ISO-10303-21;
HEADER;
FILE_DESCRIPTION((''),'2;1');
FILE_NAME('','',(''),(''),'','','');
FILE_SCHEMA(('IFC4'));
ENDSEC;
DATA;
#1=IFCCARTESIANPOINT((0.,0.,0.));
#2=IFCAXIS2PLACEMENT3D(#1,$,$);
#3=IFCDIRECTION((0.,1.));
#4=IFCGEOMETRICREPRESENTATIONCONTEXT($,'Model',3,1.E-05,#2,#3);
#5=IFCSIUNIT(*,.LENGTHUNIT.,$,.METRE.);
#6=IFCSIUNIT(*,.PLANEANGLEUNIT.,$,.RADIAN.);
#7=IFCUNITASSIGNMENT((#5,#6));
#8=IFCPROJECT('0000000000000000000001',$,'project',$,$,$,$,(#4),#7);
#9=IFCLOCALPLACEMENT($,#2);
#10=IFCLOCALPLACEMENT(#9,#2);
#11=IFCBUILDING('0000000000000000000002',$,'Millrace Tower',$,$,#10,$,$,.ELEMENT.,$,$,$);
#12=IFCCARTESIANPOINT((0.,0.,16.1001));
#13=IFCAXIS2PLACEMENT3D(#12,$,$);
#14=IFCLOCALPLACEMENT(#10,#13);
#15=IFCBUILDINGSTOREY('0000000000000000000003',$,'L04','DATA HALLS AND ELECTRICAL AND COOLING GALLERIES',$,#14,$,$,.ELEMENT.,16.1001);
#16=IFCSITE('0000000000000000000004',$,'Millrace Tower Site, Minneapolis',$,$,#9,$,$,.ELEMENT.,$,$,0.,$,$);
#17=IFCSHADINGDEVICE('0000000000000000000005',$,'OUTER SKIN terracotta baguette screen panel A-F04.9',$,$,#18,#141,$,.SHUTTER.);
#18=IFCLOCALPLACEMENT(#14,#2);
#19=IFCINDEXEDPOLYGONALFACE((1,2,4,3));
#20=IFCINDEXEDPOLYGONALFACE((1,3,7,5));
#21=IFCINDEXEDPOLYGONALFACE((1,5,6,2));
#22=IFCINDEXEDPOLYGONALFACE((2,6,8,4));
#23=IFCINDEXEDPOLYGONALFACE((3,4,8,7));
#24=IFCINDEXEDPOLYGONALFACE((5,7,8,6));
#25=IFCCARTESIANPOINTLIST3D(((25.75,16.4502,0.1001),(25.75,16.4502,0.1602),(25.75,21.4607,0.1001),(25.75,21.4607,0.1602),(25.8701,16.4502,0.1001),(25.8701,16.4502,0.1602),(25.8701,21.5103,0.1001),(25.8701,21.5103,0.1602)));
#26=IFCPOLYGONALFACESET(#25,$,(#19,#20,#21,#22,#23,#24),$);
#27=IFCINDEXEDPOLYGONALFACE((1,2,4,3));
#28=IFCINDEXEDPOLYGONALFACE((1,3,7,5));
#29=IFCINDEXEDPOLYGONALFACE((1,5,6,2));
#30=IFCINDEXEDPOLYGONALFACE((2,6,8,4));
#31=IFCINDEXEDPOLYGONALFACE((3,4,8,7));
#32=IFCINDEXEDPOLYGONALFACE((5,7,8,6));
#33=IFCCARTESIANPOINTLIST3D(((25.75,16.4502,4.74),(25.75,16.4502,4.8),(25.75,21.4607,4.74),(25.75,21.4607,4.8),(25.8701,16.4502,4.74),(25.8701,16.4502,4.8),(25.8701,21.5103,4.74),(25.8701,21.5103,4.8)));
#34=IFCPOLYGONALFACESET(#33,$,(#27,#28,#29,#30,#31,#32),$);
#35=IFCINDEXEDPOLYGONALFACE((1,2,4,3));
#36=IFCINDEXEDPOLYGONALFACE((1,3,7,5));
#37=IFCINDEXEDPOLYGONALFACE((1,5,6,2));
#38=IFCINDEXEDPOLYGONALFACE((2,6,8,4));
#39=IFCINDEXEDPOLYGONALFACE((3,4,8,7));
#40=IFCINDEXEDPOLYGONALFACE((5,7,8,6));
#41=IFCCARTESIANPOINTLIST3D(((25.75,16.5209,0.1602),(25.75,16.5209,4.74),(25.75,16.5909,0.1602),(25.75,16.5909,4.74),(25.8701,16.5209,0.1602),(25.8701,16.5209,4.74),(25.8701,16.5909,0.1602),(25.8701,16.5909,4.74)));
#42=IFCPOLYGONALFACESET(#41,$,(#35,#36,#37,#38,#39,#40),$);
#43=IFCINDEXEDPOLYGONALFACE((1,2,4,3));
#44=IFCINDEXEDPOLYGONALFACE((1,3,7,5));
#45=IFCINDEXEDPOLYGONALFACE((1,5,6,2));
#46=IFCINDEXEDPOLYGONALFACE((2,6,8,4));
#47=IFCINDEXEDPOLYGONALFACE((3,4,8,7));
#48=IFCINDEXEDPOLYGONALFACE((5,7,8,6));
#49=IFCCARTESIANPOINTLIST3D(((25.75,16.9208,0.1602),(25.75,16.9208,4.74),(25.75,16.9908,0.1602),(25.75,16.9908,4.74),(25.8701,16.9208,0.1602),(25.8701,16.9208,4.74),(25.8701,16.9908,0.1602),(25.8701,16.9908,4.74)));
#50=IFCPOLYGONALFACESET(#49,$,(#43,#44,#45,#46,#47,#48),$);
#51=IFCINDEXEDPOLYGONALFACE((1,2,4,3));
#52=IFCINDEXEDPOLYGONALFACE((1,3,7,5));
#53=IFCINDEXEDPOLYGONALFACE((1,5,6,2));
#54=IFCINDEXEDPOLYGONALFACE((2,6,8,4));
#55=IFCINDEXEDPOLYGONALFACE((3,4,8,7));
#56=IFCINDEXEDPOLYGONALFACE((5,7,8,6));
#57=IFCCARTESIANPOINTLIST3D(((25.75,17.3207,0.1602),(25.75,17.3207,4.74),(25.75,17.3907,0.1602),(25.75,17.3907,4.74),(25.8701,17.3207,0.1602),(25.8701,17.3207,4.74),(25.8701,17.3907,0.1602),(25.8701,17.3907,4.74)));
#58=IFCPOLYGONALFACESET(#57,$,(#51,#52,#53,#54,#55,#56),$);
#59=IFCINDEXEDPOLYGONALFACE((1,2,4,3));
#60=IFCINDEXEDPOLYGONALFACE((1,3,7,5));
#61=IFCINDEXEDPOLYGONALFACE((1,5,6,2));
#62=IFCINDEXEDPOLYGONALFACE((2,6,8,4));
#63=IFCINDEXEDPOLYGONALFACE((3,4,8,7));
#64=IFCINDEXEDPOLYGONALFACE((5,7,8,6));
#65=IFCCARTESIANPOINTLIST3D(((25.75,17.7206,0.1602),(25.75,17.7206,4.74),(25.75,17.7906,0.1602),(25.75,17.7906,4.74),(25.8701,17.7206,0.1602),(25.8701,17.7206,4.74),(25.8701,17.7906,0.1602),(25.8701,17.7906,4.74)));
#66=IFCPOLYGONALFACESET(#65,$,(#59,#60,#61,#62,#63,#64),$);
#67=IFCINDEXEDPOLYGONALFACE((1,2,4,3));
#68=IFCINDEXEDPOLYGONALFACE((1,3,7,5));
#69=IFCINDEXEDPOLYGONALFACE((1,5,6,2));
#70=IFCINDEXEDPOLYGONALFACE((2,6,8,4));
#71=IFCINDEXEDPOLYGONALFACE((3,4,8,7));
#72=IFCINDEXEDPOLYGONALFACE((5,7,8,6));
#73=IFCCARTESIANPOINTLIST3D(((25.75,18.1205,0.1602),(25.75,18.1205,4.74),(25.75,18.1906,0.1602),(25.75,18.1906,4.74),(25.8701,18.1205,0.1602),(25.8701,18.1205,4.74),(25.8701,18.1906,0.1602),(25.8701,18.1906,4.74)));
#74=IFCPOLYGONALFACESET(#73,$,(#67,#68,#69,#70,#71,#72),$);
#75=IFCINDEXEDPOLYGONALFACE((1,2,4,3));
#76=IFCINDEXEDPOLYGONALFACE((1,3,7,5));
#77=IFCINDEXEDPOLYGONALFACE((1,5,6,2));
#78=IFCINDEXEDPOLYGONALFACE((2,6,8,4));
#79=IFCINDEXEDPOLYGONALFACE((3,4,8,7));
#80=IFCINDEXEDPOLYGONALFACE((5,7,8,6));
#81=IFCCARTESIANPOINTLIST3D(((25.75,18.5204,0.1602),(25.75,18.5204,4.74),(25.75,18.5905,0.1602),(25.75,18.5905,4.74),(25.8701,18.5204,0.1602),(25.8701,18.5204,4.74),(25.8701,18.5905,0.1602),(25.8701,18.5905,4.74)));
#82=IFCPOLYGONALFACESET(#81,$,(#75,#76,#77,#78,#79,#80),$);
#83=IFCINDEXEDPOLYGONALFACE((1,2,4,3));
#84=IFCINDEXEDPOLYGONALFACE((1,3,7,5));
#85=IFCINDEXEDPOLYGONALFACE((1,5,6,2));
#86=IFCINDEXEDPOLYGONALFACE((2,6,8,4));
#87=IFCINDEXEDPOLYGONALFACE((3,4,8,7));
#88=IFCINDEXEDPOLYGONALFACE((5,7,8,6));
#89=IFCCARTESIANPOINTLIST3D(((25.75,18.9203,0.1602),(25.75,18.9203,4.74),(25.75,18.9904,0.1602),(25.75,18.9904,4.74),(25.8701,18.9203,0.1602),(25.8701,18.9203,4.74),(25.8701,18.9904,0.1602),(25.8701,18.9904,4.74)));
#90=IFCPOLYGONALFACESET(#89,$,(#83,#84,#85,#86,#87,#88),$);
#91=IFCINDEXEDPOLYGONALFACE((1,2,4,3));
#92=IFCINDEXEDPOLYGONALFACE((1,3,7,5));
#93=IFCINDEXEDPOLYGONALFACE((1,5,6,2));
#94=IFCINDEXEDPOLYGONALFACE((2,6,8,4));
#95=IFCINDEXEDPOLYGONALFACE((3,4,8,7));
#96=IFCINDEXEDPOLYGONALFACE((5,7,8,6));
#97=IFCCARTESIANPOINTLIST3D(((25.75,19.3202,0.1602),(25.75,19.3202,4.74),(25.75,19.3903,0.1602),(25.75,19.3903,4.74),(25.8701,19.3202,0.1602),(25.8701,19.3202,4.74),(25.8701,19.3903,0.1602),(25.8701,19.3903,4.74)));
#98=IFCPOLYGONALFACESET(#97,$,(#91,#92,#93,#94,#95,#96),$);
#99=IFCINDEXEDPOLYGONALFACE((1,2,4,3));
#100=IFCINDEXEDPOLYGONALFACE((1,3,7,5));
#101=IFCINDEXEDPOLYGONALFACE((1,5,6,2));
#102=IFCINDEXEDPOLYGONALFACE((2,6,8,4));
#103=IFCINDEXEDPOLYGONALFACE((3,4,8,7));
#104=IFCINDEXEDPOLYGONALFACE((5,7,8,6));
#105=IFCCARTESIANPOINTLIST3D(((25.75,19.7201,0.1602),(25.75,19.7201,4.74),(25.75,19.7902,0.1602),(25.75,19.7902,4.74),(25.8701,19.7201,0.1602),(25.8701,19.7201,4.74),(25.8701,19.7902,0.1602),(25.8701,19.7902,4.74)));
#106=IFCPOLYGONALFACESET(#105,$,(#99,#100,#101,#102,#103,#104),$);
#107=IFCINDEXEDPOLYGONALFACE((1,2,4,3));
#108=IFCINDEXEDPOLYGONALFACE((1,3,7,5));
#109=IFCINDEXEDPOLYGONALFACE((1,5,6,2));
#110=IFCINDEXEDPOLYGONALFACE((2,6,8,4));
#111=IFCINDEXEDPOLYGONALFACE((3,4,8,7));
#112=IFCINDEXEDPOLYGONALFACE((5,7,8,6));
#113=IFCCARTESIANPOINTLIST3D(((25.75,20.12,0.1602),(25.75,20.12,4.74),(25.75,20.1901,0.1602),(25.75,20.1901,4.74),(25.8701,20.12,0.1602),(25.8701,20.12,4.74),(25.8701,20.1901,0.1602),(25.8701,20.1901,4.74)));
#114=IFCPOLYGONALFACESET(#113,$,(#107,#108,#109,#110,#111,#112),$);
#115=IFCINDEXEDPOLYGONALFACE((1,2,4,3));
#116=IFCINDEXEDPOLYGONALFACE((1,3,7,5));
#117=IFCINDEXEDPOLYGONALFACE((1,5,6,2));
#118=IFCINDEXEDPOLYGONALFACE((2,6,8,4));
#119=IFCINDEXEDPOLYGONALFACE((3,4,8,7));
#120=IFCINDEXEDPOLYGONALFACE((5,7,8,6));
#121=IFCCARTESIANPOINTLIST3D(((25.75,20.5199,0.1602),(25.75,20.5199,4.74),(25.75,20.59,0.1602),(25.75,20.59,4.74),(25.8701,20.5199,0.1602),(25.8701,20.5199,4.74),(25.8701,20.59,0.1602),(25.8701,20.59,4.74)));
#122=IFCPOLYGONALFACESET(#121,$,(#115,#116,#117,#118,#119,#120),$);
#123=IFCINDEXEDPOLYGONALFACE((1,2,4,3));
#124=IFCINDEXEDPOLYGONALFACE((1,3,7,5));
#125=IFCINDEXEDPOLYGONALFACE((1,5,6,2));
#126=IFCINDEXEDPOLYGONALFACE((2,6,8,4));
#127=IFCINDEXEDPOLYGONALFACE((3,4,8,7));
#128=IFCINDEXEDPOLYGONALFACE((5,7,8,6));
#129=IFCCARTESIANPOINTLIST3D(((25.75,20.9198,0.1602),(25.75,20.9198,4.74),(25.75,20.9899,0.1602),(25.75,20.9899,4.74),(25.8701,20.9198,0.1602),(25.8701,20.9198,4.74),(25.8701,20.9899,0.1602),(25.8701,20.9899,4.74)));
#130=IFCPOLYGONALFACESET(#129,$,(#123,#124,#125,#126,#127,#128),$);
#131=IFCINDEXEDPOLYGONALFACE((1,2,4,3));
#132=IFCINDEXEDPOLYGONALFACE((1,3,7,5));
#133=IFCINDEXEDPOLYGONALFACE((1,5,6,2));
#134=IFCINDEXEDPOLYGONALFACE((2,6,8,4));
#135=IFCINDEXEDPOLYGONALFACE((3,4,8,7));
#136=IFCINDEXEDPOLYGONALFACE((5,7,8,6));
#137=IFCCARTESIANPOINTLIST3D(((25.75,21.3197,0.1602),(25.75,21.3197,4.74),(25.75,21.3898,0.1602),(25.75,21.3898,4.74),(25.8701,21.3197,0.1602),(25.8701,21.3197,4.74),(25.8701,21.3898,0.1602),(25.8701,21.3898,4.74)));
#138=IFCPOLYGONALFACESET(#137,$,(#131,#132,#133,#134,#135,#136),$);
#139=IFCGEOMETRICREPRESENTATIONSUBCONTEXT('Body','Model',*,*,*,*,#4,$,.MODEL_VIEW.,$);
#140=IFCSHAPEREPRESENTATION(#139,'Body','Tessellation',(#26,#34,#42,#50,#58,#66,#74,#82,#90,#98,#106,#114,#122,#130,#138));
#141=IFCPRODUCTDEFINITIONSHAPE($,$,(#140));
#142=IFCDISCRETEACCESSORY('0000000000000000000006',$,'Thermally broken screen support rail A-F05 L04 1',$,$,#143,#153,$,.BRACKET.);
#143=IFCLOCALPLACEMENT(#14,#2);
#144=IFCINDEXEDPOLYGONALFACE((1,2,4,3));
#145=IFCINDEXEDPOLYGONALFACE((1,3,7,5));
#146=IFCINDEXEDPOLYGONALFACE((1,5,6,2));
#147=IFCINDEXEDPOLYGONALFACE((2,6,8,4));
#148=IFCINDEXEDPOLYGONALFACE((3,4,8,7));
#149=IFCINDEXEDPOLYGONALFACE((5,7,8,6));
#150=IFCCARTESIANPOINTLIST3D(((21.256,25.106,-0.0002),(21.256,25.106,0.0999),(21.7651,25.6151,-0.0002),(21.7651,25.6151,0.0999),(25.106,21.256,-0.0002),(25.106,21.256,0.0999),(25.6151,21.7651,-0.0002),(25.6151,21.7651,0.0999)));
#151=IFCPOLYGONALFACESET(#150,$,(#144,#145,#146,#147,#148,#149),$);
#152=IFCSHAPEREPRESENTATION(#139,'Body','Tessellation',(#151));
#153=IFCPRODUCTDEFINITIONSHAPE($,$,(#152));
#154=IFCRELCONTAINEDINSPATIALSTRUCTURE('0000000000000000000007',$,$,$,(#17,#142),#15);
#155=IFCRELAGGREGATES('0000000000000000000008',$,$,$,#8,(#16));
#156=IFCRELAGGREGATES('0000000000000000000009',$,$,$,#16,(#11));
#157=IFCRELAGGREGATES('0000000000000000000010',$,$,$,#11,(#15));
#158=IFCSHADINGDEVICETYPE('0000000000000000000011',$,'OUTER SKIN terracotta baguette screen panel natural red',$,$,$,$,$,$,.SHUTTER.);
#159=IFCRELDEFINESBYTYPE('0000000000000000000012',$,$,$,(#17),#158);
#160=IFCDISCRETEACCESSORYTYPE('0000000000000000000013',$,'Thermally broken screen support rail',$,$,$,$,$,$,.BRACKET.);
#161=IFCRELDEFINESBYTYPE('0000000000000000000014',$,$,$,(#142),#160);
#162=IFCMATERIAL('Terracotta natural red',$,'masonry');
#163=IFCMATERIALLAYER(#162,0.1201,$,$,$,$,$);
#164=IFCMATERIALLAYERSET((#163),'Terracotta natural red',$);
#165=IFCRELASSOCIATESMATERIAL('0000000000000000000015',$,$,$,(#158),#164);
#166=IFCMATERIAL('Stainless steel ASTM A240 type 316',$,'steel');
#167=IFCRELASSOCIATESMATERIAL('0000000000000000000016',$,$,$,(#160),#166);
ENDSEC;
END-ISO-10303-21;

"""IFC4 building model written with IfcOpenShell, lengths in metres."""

from ifc_helpers import new_model, entity, si_unit, direction, frame, frame_2d, origin, origin_2d, place, context, subcontext, project, spatial, rectangle, extrude, source, transform, mapped, material, layer, layer_set, type_object, element, save


model = new_model("IFC4")

# Units and contexts
model_context = context("Model", 3, precision=1e-05, world=origin(), true_north=direction((0.0, 1.0)))
body_context = subcontext(model_context, "Body", "Model", "MODEL_VIEW")
ifc_project = project(units=[si_unit("LENGTHUNIT", "METRE"), si_unit("PLANEANGLEUNIT", "RADIAN")], contexts=[model_context])

# Site, building, storey
site_placement = place(None, origin())
site = spatial("IfcSite", under=ifc_project, at=site_placement, Name="Millrace Tower Site, Minneapolis", CompositionType="ELEMENT", RefElevation=0.0)
building_placement = place(site_placement, origin())
building = spatial("IfcBuilding", under=site, at=building_placement, Name="Millrace Tower", CompositionType="ELEMENT")
storey_placement = place(building_placement, frame((0.0, 0.0, 16.1001)))
storey = spatial("IfcBuildingStorey", under=building, at=storey_placement, Name="L04", Description="DATA HALLS AND ELECTRICAL AND COOLING GALLERIES", CompositionType="ELEMENT", Elevation=16.1001)

# Shading device
ifc_material_1 = material(Name="Terracotta natural red", Category="masonry")
ifc_layer_1 = layer(ifc_material_1, 0.1201)
ifc_layer_set_1 = layer_set([ifc_layer_1], Name="Terracotta natural red")
shading_device_type_1 = type_object("IfcShadingDeviceType", Name="OUTER SKIN terracotta baguette screen panel natural red", PredefinedType="SHUTTER", material=ifc_layer_set_1)
cartesian_point_1 = entity("IfcCartesianPoint", [-2.5176, 0.0601])
shared_polyline_1 = entity("IfcPolyline", [cartesian_point_1, entity("IfcCartesianPoint", [2.4929, 0.0601]), entity("IfcCartesianPoint", [2.5425, -0.0601]), entity("IfcCartesianPoint", [-2.5176, -0.0601]), cartesian_point_1])
shared_shape_1 = source(origin(), body_context, "Body", "SweptSolid", [
    entity("IfcExtrudedAreaSolid", entity("IfcArbitraryClosedProfileDef", "AREA", None, shared_polyline_1), entity("IfcAxis2Placement3D", entity("IfcCartesianPoint", [0.0, 0.0, 0.0])), entity("IfcDirection", [0.0, 0.0, 1.0]), 0.0601),
    entity("IfcExtrudedAreaSolid", entity("IfcArbitraryClosedProfileDef", "AREA", None, shared_polyline_1), entity("IfcAxis2Placement3D", entity("IfcCartesianPoint", [0.0, 0.0, 4.6399])), entity("IfcDirection", [0.0, 0.0, 1.0]), 0.0601),
    extrude(rectangle(XDim=0.0701, YDim=0.1201, at=frame_2d((-2.4119, 0.0))), frame((0.0, 0.0, 0.0601)), (0.0, 0.0, 1.0), 4.5798),
    extrude(rectangle(XDim=0.0701, YDim=0.1201, at=frame_2d((-2.012, 0.0))), frame((0.0, 0.0, 0.0601)), (0.0, 0.0, 1.0), 4.5798),
    extrude(rectangle(XDim=0.0701, YDim=0.1201, at=frame_2d((-1.6121, 0.0))), frame((0.0, 0.0, 0.0601)), (0.0, 0.0, 1.0), 4.5798),
    extrude(rectangle(XDim=0.0701, YDim=0.1201, at=frame_2d((-1.2122, 0.0))), frame((0.0, 0.0, 0.0601)), (0.0, 0.0, 1.0), 4.5798),
    extrude(rectangle(XDim=0.0701, YDim=0.1201, at=frame_2d((-0.8123, 0.0))), frame((0.0, 0.0, 0.0601)), (0.0, 0.0, 1.0), 4.5798),
    extrude(rectangle(XDim=0.0701, YDim=0.1201, at=frame_2d((-0.4124, 0.0))), frame((0.0, 0.0, 0.0601)), (0.0, 0.0, 1.0), 4.5798),
    extrude(rectangle(XDim=0.0701, YDim=0.1201, at=frame_2d((-0.0125, 0.0))), frame((0.0, 0.0, 0.0601)), (0.0, 0.0, 1.0), 4.5798),
    extrude(rectangle(XDim=0.0701, YDim=0.1201, at=frame_2d((0.3875, 0.0))), frame((0.0, 0.0, 0.0601)), (0.0, 0.0, 1.0), 4.5798),
    extrude(rectangle(XDim=0.0701, YDim=0.1201, at=frame_2d((0.7874, 0.0))), frame((0.0, 0.0, 0.0601)), (0.0, 0.0, 1.0), 4.5798),
    extrude(rectangle(XDim=0.0701, YDim=0.1201, at=frame_2d((1.1873, 0.0))), frame((0.0, 0.0, 0.0601)), (0.0, 0.0, 1.0), 4.5798),
    extrude(rectangle(XDim=0.0701, YDim=0.1201, at=frame_2d((1.5872, 0.0))), frame((0.0, 0.0, 0.0601)), (0.0, 0.0, 1.0), 4.5798),
    extrude(rectangle(XDim=0.0701, YDim=0.1201, at=frame_2d((1.9871, 0.0))), frame((0.0, 0.0, 0.0601)), (0.0, 0.0, 1.0), 4.5798),
    extrude(rectangle(XDim=0.0701, YDim=0.1201, at=frame_2d((2.387, 0.0))), frame((0.0, 0.0, 0.0601)), (0.0, 0.0, 1.0), 4.5798),
])
shading_device_1_placement = place(storey_placement, frame((25.8101, 18.9678, 0.1001), z_axis=(0.0, 0.0, 1.0), x_axis=(0.0, 1.0, 0.0)))
element("IfcShadingDevice", 1, at=shading_device_1_placement, inside=storey, type_object=shading_device_type_1, Name="OUTER SKIN terracotta baguette screen panel A-F04.9", PredefinedType="SHUTTER", context=body_context, shape_type="MappedRepresentation", body=[
    mapped(shared_shape_1, transform((0.0, 0.0, 0.0), scale=1.0)),
])

# Discrete accessory
ifc_material_2 = material(Name="Stainless steel ASTM A240 type 316", Category="steel")
discrete_accessory_type = type_object("IfcDiscreteAccessoryType", Name="Thermally broken screen support rail", PredefinedType="BRACKET", material=ifc_material_2)
discrete_accessory_placement = place(storey_placement, frame((23.4355, 23.4355, -0.0002), z_axis=(0.0, 0.0, 1.0), x_axis=(-0.707107, 0.707107, 0.0)))
element("IfcDiscreteAccessory", 2, at=discrete_accessory_placement, inside=storey, type_object=discrete_accessory_type, Name="Thermally broken screen support rail A-F05 L04 1", PredefinedType="BRACKET", context=body_context, shape_type="SweptSolid", body=[
    extrude(rectangle(XDim=5.4448, YDim=0.72, at=origin_2d()), origin(), (0.0, 0.0, 1.0), 0.1001),
])

save(model, "model.ifc")
